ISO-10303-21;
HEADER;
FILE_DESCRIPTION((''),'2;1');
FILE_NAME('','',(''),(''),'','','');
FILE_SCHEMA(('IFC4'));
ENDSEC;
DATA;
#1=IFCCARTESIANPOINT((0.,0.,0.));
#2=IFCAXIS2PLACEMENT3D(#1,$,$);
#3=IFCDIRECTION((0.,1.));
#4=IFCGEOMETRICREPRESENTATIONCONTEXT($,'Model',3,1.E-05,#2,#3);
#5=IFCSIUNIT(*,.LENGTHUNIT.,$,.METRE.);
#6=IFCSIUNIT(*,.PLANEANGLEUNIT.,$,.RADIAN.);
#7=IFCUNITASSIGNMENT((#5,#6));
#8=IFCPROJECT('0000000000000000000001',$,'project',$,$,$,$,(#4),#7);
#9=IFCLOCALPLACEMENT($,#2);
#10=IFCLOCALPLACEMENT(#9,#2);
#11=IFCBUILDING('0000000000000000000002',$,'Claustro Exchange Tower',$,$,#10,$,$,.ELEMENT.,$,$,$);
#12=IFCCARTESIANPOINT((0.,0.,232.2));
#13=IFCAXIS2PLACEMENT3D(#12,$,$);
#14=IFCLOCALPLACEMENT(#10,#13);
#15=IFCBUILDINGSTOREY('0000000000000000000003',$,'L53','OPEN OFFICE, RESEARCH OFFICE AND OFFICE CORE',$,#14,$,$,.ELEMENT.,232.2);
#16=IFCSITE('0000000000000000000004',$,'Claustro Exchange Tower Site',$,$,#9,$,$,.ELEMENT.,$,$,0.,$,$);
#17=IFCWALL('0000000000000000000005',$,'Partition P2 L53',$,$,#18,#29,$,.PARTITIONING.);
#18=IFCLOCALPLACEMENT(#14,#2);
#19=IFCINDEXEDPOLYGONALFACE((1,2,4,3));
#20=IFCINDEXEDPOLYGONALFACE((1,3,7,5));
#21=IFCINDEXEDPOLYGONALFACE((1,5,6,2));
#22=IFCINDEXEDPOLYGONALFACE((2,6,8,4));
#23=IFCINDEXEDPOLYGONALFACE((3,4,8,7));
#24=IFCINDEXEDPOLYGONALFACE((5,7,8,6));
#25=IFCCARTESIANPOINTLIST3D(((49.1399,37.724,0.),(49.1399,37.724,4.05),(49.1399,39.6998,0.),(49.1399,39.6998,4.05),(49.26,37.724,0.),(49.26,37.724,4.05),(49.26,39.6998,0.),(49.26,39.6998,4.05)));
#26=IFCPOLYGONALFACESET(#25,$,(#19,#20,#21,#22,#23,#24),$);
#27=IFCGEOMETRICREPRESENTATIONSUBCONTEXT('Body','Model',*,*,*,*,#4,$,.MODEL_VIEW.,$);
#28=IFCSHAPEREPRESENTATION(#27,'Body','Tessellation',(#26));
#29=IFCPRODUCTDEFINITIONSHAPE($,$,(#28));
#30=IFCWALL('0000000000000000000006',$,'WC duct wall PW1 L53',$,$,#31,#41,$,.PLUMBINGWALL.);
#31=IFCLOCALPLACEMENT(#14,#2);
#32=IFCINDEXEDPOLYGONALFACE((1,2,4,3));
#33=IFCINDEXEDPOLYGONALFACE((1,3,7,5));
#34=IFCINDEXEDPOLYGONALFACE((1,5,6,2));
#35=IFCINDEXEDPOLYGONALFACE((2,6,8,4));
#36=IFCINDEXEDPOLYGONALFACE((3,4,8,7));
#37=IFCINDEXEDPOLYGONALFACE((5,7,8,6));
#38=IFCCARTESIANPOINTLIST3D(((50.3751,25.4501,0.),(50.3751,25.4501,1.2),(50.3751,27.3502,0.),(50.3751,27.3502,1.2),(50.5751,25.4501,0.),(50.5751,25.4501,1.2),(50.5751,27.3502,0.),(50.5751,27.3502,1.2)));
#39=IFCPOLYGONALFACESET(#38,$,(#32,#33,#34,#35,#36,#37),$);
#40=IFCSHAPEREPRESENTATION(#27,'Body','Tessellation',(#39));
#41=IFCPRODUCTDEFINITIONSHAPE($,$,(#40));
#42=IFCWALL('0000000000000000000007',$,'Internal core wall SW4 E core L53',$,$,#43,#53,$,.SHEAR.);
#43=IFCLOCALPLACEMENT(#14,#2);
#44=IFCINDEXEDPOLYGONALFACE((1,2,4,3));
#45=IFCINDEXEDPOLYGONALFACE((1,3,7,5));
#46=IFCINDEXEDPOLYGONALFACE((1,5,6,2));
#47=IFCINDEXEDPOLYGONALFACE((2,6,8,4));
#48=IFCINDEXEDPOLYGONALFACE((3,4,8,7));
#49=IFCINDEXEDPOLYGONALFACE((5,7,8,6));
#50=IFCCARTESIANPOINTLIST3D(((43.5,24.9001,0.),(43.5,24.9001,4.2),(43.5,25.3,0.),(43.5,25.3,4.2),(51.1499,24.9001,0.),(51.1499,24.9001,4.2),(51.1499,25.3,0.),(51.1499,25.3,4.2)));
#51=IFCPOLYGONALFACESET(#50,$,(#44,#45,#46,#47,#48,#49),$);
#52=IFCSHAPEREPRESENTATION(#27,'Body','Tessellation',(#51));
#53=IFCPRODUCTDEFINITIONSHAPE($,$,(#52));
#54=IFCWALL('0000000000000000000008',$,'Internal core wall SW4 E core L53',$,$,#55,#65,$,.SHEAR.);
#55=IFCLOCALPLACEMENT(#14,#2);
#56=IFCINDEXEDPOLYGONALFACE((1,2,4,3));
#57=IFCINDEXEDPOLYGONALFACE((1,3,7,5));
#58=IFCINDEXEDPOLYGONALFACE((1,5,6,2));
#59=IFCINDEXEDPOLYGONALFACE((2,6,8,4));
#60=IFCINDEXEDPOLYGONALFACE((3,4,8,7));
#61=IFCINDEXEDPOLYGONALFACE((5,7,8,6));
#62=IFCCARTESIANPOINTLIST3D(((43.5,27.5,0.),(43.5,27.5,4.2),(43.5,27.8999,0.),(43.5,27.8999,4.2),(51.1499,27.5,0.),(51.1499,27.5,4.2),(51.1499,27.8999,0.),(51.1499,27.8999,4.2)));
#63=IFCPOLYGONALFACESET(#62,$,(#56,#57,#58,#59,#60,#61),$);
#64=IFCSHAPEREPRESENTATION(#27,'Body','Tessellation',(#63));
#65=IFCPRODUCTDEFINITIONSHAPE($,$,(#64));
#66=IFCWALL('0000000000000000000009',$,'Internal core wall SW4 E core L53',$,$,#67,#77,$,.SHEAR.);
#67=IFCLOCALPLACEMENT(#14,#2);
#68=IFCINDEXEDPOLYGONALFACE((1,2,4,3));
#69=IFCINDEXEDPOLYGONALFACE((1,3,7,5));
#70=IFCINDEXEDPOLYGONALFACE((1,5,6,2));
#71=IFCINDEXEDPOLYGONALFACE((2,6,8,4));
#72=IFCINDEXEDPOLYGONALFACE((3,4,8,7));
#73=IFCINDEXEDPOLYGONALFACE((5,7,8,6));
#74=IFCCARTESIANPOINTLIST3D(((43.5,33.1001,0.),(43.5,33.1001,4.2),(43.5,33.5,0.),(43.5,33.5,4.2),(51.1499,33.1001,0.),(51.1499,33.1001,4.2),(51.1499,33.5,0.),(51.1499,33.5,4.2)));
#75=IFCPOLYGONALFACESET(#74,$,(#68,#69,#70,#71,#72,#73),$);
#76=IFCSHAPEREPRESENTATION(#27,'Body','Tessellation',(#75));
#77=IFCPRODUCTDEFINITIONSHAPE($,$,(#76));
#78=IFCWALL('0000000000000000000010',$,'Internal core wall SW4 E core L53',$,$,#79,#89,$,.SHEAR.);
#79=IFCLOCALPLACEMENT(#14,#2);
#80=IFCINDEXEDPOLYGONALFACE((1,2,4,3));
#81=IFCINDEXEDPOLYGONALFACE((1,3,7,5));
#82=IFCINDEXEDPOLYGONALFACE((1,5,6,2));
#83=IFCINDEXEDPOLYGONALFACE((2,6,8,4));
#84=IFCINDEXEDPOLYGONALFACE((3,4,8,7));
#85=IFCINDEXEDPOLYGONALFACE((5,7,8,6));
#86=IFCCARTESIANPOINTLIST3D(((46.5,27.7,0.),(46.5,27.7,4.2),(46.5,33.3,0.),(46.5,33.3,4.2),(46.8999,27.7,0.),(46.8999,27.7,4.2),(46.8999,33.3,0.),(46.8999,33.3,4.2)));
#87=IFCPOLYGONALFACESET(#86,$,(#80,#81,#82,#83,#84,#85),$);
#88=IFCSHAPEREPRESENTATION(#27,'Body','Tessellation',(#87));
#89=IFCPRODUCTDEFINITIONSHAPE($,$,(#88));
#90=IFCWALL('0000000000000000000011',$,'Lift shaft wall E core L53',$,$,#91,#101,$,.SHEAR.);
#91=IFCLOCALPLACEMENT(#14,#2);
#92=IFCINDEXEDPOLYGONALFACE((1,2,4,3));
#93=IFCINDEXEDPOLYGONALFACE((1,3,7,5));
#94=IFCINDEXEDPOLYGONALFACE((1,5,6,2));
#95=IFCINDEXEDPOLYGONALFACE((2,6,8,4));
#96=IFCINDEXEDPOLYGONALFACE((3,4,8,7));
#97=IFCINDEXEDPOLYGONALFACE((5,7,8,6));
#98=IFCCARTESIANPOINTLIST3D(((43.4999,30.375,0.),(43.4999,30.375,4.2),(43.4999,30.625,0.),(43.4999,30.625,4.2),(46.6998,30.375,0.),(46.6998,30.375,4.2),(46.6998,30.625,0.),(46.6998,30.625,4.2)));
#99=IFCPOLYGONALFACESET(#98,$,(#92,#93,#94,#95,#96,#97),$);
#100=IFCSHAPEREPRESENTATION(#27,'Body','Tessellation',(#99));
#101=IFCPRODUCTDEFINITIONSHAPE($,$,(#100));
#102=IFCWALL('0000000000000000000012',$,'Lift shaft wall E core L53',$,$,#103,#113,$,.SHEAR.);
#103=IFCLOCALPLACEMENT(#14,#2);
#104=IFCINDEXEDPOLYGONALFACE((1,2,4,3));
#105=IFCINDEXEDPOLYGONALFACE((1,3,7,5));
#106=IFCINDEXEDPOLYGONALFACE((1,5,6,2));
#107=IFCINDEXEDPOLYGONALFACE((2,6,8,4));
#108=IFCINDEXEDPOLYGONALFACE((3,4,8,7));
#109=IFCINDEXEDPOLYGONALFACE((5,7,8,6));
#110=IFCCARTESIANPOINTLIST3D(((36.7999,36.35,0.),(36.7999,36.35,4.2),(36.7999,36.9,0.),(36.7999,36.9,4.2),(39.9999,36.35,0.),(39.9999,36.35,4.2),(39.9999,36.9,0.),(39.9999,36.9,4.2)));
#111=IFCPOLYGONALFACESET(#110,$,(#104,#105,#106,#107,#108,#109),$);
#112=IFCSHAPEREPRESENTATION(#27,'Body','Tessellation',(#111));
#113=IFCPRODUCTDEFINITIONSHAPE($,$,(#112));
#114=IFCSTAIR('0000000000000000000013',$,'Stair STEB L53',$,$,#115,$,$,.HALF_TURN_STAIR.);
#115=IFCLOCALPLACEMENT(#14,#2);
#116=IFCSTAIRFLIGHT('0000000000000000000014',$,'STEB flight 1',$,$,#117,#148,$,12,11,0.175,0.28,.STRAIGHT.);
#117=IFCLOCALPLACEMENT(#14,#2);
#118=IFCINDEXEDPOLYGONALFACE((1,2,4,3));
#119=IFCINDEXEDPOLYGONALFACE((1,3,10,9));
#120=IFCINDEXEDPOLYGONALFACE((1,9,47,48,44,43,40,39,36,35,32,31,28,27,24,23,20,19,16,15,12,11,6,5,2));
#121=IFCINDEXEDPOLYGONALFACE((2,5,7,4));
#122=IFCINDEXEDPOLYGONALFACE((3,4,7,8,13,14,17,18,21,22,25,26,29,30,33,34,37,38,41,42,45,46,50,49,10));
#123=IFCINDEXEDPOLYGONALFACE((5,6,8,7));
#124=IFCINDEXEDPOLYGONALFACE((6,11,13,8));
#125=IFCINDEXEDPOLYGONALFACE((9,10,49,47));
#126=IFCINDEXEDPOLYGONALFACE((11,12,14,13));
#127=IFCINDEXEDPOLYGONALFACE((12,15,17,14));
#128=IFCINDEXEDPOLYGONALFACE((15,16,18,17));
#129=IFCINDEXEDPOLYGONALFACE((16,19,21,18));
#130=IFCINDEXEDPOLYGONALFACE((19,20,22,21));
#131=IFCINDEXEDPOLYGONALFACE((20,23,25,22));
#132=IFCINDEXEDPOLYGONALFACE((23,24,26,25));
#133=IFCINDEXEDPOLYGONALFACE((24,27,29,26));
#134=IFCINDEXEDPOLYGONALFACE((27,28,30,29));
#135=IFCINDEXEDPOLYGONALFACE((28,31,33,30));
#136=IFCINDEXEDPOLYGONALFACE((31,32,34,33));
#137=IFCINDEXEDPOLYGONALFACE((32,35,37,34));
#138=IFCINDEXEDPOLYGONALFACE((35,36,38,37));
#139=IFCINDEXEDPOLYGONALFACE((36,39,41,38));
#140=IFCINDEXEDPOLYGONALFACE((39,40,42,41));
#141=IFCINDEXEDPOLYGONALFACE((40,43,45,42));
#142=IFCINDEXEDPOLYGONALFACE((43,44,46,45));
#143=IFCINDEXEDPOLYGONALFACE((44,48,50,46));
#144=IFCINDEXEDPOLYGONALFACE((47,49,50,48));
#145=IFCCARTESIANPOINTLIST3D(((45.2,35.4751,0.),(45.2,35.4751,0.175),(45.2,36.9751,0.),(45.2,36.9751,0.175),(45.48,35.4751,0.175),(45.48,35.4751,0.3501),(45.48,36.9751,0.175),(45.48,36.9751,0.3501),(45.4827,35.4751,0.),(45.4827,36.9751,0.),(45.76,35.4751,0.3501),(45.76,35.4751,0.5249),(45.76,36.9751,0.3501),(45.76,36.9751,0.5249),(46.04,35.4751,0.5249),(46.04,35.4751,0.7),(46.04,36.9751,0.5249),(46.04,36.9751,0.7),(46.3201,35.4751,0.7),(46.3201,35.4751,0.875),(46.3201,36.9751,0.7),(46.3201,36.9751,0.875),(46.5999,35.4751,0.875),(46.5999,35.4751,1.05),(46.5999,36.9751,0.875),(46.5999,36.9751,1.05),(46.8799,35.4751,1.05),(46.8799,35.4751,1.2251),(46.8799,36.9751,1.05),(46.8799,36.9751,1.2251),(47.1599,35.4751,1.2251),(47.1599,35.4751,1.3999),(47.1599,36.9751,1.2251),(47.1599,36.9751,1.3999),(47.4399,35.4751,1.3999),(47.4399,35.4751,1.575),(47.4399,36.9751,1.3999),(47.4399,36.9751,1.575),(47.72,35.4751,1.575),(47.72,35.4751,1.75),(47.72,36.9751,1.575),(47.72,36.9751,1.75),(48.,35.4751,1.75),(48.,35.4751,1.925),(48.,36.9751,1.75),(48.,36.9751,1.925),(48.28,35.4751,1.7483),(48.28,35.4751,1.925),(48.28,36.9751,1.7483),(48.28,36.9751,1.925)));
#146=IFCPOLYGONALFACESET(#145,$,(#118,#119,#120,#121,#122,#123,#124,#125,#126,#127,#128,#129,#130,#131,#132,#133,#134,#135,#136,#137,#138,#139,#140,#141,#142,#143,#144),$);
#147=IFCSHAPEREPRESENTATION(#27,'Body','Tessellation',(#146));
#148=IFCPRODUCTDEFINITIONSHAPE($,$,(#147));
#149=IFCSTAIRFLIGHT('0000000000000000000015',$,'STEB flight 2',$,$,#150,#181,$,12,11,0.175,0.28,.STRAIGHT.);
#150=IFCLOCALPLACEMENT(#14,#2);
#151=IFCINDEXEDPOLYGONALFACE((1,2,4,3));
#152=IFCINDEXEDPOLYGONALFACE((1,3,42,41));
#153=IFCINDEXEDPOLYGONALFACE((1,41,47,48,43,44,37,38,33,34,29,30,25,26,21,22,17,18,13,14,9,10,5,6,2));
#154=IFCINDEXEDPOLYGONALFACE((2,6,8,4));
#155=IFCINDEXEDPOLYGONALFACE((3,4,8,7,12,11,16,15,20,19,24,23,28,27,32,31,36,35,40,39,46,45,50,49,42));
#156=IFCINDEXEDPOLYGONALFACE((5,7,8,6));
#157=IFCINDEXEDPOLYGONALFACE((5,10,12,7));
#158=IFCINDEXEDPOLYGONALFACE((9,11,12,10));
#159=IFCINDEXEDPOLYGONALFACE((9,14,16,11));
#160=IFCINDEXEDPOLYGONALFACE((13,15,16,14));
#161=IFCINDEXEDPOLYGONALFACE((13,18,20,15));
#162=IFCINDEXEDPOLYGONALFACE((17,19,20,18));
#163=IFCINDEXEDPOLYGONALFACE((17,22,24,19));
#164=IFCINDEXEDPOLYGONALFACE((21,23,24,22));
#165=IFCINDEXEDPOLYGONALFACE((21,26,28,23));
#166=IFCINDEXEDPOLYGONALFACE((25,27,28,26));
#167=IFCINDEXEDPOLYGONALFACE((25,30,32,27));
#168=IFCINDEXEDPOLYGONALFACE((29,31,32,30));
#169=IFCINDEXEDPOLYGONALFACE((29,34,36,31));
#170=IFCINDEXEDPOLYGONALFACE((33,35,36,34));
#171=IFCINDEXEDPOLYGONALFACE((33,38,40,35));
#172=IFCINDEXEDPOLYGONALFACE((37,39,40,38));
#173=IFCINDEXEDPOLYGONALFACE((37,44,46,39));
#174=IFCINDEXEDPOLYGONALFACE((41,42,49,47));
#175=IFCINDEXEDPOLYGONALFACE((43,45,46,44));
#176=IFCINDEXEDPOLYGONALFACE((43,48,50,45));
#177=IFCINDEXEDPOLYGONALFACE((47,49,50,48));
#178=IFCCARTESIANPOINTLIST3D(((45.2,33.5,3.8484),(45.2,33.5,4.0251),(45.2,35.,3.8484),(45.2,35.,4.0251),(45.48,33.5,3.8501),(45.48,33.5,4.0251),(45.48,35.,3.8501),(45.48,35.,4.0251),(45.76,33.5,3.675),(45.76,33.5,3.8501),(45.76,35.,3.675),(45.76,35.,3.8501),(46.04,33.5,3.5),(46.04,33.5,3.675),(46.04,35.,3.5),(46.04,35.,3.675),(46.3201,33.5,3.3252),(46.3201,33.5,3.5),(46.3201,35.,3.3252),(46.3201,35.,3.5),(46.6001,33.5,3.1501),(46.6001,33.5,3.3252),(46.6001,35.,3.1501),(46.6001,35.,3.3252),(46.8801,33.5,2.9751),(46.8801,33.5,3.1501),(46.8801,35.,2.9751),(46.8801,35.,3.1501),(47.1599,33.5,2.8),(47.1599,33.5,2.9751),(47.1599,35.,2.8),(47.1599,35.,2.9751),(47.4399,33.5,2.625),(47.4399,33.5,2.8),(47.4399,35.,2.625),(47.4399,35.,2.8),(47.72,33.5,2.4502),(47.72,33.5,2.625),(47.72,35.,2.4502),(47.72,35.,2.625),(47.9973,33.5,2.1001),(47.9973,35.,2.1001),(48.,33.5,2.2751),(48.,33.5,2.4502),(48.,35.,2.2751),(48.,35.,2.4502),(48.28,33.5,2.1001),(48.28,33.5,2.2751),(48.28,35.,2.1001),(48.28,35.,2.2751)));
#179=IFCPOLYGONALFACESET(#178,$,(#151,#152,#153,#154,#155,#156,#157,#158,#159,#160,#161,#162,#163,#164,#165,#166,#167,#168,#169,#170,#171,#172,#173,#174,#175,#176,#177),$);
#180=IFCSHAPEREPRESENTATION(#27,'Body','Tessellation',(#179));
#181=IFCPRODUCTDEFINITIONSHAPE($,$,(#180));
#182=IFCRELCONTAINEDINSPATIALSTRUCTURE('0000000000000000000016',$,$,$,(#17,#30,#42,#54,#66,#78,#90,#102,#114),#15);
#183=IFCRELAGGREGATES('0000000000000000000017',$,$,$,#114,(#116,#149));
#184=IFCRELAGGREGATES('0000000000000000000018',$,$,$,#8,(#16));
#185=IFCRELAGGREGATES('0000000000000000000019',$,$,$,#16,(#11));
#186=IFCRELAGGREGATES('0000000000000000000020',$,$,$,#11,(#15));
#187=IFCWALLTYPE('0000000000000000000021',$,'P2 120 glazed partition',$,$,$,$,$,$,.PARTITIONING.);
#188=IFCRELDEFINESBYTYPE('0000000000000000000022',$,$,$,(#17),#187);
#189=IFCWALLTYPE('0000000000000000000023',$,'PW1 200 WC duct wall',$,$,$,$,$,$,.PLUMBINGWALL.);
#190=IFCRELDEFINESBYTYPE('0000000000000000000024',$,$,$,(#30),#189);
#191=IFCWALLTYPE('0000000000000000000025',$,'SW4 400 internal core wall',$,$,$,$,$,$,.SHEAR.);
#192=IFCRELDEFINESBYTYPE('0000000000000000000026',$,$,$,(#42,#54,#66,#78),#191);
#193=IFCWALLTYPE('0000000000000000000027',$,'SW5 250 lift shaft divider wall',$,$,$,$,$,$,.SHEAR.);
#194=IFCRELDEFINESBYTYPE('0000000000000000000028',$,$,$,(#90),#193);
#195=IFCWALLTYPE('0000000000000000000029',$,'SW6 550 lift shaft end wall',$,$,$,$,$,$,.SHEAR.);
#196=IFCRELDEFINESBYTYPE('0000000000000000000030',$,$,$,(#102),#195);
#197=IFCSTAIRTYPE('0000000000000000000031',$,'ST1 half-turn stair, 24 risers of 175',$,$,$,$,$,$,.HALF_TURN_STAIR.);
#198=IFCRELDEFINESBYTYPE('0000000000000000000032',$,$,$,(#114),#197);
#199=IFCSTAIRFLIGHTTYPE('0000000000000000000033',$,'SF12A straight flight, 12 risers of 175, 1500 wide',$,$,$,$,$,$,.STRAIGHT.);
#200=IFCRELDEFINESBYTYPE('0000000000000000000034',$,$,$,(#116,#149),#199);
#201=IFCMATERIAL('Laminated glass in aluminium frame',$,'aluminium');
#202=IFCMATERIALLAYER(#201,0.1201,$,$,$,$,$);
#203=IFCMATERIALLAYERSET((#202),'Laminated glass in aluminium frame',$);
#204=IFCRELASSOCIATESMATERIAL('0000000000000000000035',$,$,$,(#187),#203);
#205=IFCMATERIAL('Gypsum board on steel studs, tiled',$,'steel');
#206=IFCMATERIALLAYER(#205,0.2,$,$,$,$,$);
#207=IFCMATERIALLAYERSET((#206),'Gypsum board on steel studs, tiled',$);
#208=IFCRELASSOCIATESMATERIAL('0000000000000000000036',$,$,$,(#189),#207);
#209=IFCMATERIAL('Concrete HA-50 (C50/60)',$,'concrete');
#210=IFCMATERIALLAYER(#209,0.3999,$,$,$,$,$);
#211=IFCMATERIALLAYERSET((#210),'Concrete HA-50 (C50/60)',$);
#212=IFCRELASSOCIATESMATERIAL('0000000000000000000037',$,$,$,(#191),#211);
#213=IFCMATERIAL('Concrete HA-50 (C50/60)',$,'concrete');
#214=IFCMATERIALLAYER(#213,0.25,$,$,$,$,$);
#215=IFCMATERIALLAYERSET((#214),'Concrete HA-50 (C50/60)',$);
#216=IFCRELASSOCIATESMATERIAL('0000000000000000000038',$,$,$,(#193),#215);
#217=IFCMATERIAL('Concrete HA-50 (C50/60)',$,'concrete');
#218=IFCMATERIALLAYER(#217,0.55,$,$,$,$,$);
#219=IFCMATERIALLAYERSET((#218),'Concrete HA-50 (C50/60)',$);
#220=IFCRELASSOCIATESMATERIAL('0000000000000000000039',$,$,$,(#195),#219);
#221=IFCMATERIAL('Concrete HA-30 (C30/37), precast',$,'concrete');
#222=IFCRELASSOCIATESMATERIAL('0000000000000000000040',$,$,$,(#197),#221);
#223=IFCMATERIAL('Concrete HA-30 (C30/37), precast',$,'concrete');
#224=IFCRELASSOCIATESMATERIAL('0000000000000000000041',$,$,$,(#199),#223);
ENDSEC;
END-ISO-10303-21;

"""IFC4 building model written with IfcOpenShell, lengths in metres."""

from ifc_helpers import new_model, si_unit, direction, frame, frame_2d, origin, place, context, subcontext, project, spatial, polyline, rectangle, outline, extrude, material, layer, layer_set, type_object, element, aggregate, save


model = new_model("IFC4")

# Units and contexts
model_context = context("Model", 3, precision=1e-05, world=origin(), true_north=direction((0.0, 1.0)))
body_context = subcontext(model_context, "Body", "Model", "MODEL_VIEW")
ifc_project = project(units=[si_unit("LENGTHUNIT", "METRE"), si_unit("PLANEANGLEUNIT", "RADIAN")], contexts=[model_context])

# Site, building, storey
site_placement = place(None, origin())
site = spatial("IfcSite", under=ifc_project, at=site_placement, Name="Claustro Exchange Tower Site", CompositionType="ELEMENT", RefElevation=0.0)
building_placement = place(site_placement, origin())
building = spatial("IfcBuilding", under=site, at=building_placement, Name="Claustro Exchange Tower", CompositionType="ELEMENT")
storey_placement = place(building_placement, frame((0.0, 0.0, 232.2)))
storey = spatial("IfcBuildingStorey", under=building, at=storey_placement, Name="L53", Description="OPEN OFFICE, RESEARCH OFFICE AND OFFICE CORE", CompositionType="ELEMENT", Elevation=232.2)

# Shared definitions
ifc_material_1 = material(Name="Laminated glass in aluminium frame", Category="aluminium")
ifc_layer_1 = layer(ifc_material_1, 0.1201)
ifc_layer_set_1 = layer_set([ifc_layer_1], Name="Laminated glass in aluminium frame")
wall_type_1 = type_object("IfcWallType", Name="P2 120 glazed partition", PredefinedType="PARTITIONING", material=ifc_layer_set_1)

# Walls
wall_1_placement = place(storey_placement, frame((49.2, 37.7241, 0.0), z_axis=(0.0, 0.0, 1.0), x_axis=(0.0, 1.0, 0.0)))
element("IfcWall", 1, at=wall_1_placement, inside=storey, type_object=wall_type_1, Name="Partition P2 L53", PredefinedType="PARTITIONING", context=body_context, shape_type="SweptSolid", body=[
    extrude(rectangle(XDim=1.9758, YDim=0.1201, at=frame_2d((0.9878, 0.0))), origin(), (0.0, 0.0, 1.0), 4.05),
])
ifc_material_2 = material(Name="Gypsum board on steel studs, tiled", Category="steel")
ifc_layer_2 = layer(ifc_material_2, 0.2)
ifc_layer_set_2 = layer_set([ifc_layer_2], Name="Gypsum board on steel studs, tiled")
wall_type_2 = type_object("IfcWallType", Name="PW1 200 WC duct wall", PredefinedType="PLUMBINGWALL", material=ifc_layer_set_2)
wall_2_placement = place(storey_placement, frame((50.4751, 25.45, 0.0), z_axis=(0.0, 0.0, 1.0), x_axis=(0.0, 1.0, 0.0)))
element("IfcWall", 2, at=wall_2_placement, inside=storey, type_object=wall_type_2, Name="WC duct wall PW1 L53", PredefinedType="PLUMBINGWALL", context=body_context, shape_type="SweptSolid", body=[
    extrude(rectangle(XDim=1.9001, YDim=0.2, at=frame_2d((0.9502, 0.0))), origin(), (0.0, 0.0, 1.0), 1.2),
])
ifc_material_3 = material(Name="Concrete HA-50 (C50/60)", Category="concrete")
ifc_layer_3 = layer(ifc_material_3, 0.3999)
ifc_layer_set_3 = layer_set([ifc_layer_3], Name="Concrete HA-50 (C50/60)")
wall_type_3 = type_object("IfcWallType", Name="SW4 400 internal core wall", PredefinedType="SHEAR", material=ifc_layer_set_3)
for number, where, z_axis, x_axis, name in (
    (3, (51.1499, 25.1001, 0.0), (0.0, 0.0, 1.0), (-1.0, 0.0, 0.0), "Internal core wall SW4 E core L53"),
    (4, (51.1499, 27.7, 0.0), (0.0, 0.0, 1.0), (-1.0, 0.0, 0.0), "Internal core wall SW4 E core L53"),
    (5, (51.1499, 33.3, 0.0), (0.0, 0.0, 1.0), (-1.0, 0.0, 0.0), "Internal core wall SW4 E core L53"),
):
    element("IfcWall", number, at=place(storey_placement, frame(where, z_axis=z_axis, x_axis=x_axis)), inside=storey, type_object=wall_type_3, Name=name, PredefinedType="SHEAR", context=body_context, shape_type="SweptSolid", body=[
        extrude(rectangle(XDim=7.6499, YDim=0.3999, at=frame_2d((3.825, 0.0))), origin(), (0.0, 0.0, 1.0), 4.2),
    ])
wall_3_placement = place(storey_placement, frame((46.7, 27.7, 0.0), z_axis=(0.0, 0.0, 1.0), x_axis=(0.0, 1.0, 0.0)))
element("IfcWall", 6, at=wall_3_placement, inside=storey, type_object=wall_type_3, Name="Internal core wall SW4 E core L53", PredefinedType="SHEAR", context=body_context, shape_type="SweptSolid", body=[
    extrude(rectangle(XDim=5.6001, YDim=0.3999, at=frame_2d((2.8, 0.0))), origin(), (0.0, 0.0, 1.0), 4.2),
])
ifc_material_4 = material(Name="Concrete HA-50 (C50/60)", Category="concrete")
ifc_layer_4 = layer(ifc_material_4, 0.25)
ifc_layer_set_4 = layer_set([ifc_layer_4], Name="Concrete HA-50 (C50/60)")
wall_type_4 = type_object("IfcWallType", Name="SW5 250 lift shaft divider wall", PredefinedType="SHEAR", material=ifc_layer_set_4)
wall_4_placement = place(storey_placement, frame((46.7, 30.5, 0.0), z_axis=(0.0, 0.0, 1.0), x_axis=(-1.0, 0.0, 0.0)))
element("IfcWall", 7, at=wall_4_placement, inside=storey, type_object=wall_type_4, Name="Lift shaft wall E core L53", PredefinedType="SHEAR", context=body_context, shape_type="SweptSolid", body=[
    extrude(rectangle(XDim=3.2, YDim=0.25, at=frame_2d((1.6001, 0.0))), origin(), (0.0, 0.0, 1.0), 4.2),
])
ifc_material_5 = material(Name="Concrete HA-50 (C50/60)", Category="concrete")
ifc_layer_5 = layer(ifc_material_5, 0.55)
ifc_layer_set_5 = layer_set([ifc_layer_5], Name="Concrete HA-50 (C50/60)")
wall_type_5 = type_object("IfcWallType", Name="SW6 550 lift shaft end wall", PredefinedType="SHEAR", material=ifc_layer_set_5)
wall_5_placement = place(storey_placement, frame((40.0, 36.625, 0.0), z_axis=(0.0, 0.0, 1.0), x_axis=(-1.0, 0.0, 0.0)))
element("IfcWall", 8, at=wall_5_placement, inside=storey, type_object=wall_type_5, Name="Lift shaft wall E core L53", PredefinedType="SHEAR", context=body_context, shape_type="SweptSolid", body=[
    extrude(rectangle(XDim=3.2, YDim=0.55, at=frame_2d((1.6001, 0.0))), origin(), (0.0, 0.0, 1.0), 4.2),
])

# Stair, stair flights
ifc_material_6 = material(Name="Concrete HA-30 (C30/37), precast", Category="concrete")
stair_type = type_object("IfcStairType", Name="ST1 half-turn stair, 24 risers of 175", PredefinedType="HALF_TURN_STAIR", material=ifc_material_6)
stair_placement = place(storey_placement, origin())
stair = element("IfcStair", 9, at=stair_placement, inside=storey, type_object=stair_type, Name="Stair STEB L53", PredefinedType="HALF_TURN_STAIR")
ifc_material_7 = material(Name="Concrete HA-30 (C30/37), precast", Category="concrete")
stair_flight_type = type_object("IfcStairFlightType", Name="SF12A straight flight, 12 risers of 175, 1500 wide", PredefinedType="STRAIGHT", material=ifc_material_7)
stair_flight_1_placement = place(storey_placement, frame((45.2, 36.2251, 0.0), z_axis=(0.0, 0.0, 1.0), x_axis=(1.0, 0.0, 0.0)))
stair_flight_1 = element("IfcStairFlight", 10, at=stair_flight_1_placement, type_object=stair_flight_type, Name="STEB flight 1", NumberOfRisers=12, NumberOfTreads=11, PredefinedType="STRAIGHT", RiserHeight=0.175, TreadLength=0.28, context=body_context, shape_type="SweptSolid", body=[
    extrude(outline(polyline([(0.0, 0.0), (0.0, 0.175), (0.28, 0.175), (0.28, 0.3501), (0.5601, 0.3501), (0.5601, 0.5249), (0.8401, 0.5249), (0.8401, 0.7), (1.1201, 0.7), (1.1201, 0.875), (1.3999, 0.875), (1.3999, 1.05), (1.6799, 1.05), (1.6799, 1.2251), (1.96, 1.2251), (1.96, 1.3999), (2.24, 1.3999), (2.24, 1.575), (2.52, 1.575), (2.52, 1.75), (2.8, 1.75), (2.8, 1.925), (3.0801, 1.925), (3.0801, 2.1001), (3.0801, 1.7483), (0.2827, 0.0), (0.0, 0.0)])), frame((0.0, 0.75, 0.0), z_axis=(0.0, -1.0, 0.0), x_axis=(1.0, 0.0, 0.0)), (0.0, 0.0, 1.0), 1.5),
])
stair_flight_2_placement = place(storey_placement, frame((48.28, 34.25, 2.1001), z_axis=(0.0, 0.0, 1.0), x_axis=(-1.0, 0.0, 0.0)))
stair_flight_2 = element("IfcStairFlight", 11, at=stair_flight_2_placement, type_object=stair_flight_type, Name="STEB flight 2", NumberOfRisers=12, NumberOfTreads=11, PredefinedType="STRAIGHT", RiserHeight=0.175, TreadLength=0.28, context=body_context, shape_type="SweptSolid", body=[
    extrude(outline(polyline([(0.0, 0.0), (0.0, 0.175), (0.28, 0.175), (0.28, 0.3501), (0.5601, 0.3501), (0.5601, 0.5249), (0.8401, 0.5249), (0.8401, 0.7), (1.1201, 0.7), (1.1201, 0.875), (1.3999, 0.875), (1.3999, 1.05), (1.6799, 1.05), (1.6799, 1.2251), (1.96, 1.2251), (1.96, 1.3999), (2.24, 1.3999), (2.24, 1.575), (2.52, 1.575), (2.52, 1.75), (2.8, 1.75), (2.8, 1.925), (3.0801, 1.925), (3.0801, 2.1001), (3.0801, 1.7483), (0.2827, 0.0), (0.0, 0.0)])), frame((0.0, 0.75, 0.0), z_axis=(0.0, -1.0, 0.0), x_axis=(1.0, 0.0, 0.0)), (0.0, 0.0, 1.0), 1.5),
])
aggregate(stair, [stair_flight_1, stair_flight_2])

save(model, "model.ifc")
